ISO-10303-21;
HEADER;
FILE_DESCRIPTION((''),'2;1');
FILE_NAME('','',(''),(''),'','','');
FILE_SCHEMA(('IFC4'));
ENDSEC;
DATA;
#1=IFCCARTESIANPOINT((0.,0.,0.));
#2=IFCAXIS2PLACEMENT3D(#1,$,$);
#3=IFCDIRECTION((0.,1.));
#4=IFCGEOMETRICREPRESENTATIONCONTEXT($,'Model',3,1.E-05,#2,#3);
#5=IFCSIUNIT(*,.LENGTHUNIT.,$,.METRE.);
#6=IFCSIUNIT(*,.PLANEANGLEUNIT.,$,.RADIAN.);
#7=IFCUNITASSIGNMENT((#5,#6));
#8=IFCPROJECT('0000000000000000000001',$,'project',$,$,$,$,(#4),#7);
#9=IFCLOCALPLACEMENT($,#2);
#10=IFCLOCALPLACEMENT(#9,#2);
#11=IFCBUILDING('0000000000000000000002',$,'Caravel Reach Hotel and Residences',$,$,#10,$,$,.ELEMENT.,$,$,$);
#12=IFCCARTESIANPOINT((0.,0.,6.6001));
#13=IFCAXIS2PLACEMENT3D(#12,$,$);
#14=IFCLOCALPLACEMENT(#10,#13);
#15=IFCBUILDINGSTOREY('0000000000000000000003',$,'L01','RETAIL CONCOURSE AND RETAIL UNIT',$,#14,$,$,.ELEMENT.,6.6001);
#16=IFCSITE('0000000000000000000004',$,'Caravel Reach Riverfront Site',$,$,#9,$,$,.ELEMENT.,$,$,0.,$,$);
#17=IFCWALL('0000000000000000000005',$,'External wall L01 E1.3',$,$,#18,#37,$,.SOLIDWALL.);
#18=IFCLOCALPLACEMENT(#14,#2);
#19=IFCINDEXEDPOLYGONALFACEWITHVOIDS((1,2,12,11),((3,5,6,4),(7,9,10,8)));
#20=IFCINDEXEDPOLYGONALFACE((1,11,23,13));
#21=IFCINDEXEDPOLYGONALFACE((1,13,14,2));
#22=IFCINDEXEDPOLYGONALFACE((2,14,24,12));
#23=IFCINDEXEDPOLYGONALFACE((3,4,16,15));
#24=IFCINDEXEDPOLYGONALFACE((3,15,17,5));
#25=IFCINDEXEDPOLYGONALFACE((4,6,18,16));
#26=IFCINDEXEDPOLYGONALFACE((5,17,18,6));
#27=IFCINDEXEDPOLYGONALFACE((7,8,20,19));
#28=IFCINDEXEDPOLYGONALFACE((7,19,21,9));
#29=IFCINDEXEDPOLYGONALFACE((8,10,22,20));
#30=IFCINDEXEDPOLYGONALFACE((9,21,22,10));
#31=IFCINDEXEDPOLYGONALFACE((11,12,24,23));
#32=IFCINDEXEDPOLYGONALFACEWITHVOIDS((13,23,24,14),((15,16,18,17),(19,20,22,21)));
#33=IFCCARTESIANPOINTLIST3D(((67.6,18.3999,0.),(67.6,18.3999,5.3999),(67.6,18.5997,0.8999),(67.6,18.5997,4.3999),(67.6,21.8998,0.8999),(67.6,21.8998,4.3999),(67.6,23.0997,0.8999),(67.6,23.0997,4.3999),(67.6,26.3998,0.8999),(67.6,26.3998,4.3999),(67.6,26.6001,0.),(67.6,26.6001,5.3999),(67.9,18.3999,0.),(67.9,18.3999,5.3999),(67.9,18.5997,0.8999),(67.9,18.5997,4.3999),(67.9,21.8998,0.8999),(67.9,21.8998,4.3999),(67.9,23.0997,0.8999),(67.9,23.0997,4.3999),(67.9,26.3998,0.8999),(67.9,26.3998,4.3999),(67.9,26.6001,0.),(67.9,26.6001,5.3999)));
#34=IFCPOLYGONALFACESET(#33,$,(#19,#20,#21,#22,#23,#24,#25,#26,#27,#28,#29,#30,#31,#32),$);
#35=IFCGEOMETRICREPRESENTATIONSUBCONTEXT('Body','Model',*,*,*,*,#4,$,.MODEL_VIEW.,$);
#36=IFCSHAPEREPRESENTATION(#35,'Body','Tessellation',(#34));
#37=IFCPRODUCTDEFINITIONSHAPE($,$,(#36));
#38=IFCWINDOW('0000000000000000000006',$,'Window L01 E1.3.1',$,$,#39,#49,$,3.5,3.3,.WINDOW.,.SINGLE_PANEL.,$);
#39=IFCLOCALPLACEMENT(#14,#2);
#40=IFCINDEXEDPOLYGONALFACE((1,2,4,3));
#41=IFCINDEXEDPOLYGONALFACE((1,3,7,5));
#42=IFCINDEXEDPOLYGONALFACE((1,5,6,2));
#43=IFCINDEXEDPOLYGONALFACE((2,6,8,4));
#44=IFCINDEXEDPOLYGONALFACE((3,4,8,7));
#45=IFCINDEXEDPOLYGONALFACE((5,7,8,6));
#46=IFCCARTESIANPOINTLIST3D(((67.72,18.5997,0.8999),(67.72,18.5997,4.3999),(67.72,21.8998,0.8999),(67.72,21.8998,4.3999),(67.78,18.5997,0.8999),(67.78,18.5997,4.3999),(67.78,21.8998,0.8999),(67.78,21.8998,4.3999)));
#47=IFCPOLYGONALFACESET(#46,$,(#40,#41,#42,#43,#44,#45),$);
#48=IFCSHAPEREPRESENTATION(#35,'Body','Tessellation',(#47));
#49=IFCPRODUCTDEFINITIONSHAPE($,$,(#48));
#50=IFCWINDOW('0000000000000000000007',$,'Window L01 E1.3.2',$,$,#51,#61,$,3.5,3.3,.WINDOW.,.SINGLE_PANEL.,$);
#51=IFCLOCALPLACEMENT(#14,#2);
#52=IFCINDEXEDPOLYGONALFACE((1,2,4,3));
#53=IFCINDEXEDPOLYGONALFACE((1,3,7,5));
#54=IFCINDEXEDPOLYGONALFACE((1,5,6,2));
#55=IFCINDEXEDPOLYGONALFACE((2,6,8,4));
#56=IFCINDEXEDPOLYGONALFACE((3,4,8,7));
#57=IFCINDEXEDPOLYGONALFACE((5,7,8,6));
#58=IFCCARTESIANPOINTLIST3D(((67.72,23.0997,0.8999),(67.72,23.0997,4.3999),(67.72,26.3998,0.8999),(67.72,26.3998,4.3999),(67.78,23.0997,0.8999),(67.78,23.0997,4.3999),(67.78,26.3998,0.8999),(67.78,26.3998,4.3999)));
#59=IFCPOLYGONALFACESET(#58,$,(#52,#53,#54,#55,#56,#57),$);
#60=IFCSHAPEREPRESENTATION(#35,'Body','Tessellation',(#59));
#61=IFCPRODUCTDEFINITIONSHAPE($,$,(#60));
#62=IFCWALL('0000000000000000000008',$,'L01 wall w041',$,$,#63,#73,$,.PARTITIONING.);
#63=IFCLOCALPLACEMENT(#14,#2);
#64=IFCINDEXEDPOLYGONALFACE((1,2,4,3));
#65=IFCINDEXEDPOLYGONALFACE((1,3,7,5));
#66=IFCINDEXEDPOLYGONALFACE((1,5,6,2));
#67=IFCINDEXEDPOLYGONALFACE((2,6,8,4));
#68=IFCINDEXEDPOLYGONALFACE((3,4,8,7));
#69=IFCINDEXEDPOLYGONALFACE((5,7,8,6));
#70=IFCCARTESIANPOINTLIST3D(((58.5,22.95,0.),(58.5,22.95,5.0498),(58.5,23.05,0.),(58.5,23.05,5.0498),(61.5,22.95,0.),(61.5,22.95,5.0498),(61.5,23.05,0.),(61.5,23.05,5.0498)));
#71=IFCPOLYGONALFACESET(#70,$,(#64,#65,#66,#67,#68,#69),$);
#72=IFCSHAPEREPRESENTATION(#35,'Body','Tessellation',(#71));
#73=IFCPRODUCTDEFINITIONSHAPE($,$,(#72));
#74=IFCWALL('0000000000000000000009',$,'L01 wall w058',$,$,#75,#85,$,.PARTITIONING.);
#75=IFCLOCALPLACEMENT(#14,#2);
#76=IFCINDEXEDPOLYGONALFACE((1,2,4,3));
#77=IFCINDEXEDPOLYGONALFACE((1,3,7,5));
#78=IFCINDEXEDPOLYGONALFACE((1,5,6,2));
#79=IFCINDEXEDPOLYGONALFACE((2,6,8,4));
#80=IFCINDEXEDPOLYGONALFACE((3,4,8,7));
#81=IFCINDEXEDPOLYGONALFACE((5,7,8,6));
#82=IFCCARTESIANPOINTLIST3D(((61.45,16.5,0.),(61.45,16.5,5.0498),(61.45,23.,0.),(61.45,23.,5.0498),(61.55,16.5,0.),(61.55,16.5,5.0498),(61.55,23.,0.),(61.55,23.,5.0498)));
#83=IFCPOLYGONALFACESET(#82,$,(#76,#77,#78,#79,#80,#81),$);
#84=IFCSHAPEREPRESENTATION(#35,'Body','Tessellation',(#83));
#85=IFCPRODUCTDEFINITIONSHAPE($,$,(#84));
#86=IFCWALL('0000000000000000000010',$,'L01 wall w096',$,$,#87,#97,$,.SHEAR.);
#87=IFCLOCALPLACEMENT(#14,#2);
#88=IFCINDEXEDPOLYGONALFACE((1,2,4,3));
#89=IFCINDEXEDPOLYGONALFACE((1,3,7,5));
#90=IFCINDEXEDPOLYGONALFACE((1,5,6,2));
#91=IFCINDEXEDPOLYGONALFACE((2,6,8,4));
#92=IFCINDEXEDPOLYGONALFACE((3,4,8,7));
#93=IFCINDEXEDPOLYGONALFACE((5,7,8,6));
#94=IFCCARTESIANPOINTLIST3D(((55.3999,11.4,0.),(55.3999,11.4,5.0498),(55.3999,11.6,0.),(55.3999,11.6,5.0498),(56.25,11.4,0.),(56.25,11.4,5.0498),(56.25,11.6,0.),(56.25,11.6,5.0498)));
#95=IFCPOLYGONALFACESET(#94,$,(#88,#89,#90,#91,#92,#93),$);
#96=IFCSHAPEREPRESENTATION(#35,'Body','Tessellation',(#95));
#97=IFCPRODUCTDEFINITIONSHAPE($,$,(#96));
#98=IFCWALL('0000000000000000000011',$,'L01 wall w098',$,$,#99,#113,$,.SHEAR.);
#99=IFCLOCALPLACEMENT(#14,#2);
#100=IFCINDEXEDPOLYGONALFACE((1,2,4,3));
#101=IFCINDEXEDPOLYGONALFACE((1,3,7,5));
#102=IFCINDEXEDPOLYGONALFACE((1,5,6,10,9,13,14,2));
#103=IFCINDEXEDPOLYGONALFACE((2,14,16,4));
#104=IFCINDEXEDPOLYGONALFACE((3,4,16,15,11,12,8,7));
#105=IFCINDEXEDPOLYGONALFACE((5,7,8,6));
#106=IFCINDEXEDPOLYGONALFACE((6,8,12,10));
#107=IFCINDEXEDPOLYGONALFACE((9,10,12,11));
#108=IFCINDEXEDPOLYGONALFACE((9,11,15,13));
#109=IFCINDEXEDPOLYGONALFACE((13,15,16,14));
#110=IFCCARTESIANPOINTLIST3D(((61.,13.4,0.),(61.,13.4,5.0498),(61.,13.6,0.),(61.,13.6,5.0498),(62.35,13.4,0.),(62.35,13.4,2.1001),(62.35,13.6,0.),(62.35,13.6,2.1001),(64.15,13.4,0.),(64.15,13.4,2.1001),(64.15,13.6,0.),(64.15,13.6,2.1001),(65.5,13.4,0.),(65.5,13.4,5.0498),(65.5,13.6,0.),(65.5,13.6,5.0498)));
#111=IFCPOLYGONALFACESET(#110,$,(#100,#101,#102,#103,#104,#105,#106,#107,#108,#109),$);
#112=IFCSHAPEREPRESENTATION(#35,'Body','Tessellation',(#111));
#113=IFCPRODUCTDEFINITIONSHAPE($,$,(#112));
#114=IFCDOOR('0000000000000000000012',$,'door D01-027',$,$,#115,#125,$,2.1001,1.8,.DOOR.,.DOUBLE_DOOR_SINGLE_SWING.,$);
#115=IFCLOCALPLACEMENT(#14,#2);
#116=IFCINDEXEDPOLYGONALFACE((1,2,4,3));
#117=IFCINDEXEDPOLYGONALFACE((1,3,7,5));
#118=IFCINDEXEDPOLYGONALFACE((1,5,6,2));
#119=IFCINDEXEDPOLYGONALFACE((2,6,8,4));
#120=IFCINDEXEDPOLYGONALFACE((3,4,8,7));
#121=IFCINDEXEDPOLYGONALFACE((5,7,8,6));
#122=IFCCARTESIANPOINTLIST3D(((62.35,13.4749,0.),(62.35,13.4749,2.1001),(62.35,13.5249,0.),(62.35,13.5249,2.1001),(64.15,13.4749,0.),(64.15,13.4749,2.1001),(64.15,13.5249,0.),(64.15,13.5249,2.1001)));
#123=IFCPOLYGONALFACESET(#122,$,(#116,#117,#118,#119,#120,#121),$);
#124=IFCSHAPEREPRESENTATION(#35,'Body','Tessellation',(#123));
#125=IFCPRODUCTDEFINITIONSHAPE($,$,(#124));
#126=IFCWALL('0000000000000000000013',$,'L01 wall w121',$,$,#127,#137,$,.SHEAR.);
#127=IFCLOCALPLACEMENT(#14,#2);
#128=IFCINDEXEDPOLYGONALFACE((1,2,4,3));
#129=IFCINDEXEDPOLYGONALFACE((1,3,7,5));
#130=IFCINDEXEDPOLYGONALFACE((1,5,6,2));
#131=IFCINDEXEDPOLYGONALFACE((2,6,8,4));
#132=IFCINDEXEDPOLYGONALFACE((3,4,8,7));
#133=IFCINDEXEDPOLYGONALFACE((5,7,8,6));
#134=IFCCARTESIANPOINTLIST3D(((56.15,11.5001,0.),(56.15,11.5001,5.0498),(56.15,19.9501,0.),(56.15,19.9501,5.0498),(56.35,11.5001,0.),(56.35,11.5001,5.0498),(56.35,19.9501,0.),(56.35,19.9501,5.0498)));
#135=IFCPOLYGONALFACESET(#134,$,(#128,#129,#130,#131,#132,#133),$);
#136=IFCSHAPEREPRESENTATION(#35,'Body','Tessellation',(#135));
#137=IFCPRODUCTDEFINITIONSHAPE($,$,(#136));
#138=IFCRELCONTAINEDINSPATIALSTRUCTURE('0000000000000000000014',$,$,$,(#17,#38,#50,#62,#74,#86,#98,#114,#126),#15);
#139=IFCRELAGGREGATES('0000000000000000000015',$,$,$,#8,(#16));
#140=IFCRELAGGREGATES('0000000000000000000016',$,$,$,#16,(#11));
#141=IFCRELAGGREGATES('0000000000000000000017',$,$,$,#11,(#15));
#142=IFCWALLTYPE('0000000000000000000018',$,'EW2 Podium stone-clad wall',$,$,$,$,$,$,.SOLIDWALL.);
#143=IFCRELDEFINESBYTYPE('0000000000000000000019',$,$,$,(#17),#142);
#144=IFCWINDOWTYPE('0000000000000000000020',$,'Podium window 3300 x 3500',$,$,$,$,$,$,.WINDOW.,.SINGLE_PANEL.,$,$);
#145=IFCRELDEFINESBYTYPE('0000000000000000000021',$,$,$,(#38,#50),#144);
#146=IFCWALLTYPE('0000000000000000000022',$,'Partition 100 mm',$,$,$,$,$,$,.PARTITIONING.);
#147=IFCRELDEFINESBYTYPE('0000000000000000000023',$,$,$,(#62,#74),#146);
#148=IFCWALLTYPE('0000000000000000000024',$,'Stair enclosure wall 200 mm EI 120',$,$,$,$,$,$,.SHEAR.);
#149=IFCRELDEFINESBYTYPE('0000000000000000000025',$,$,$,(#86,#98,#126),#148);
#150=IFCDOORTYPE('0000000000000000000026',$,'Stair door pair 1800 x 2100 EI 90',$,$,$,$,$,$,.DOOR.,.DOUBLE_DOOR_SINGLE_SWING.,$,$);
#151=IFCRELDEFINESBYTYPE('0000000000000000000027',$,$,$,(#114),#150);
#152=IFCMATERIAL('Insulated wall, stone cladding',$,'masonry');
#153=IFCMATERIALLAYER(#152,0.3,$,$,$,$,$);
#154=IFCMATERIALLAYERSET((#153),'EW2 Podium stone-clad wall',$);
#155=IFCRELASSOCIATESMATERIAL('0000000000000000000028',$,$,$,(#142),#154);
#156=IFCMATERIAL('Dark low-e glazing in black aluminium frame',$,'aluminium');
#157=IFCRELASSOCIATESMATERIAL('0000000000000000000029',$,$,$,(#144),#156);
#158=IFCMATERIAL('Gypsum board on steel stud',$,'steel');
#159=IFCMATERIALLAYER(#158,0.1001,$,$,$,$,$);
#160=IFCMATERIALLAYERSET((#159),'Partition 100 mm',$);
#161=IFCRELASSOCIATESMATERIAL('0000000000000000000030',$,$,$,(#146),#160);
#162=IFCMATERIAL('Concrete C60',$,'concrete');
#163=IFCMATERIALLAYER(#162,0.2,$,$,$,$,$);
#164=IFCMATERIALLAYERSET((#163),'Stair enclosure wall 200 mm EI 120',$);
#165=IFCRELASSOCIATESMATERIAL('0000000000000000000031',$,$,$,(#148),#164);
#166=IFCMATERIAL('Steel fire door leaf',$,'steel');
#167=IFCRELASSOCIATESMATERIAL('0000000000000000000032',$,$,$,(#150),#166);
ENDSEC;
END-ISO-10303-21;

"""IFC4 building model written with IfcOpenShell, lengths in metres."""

from ifc_helpers import new_model, si_unit, direction, frame, frame_2d, origin, place, context, subcontext, project, spatial, rectangle, extrude, material, layer, layer_set, type_object, element, fill, save


model = new_model("IFC4")

# Units and contexts
model_context = context("Model", 3, precision=1e-05, world=origin(), true_north=direction((0.0, 1.0)))
body_context = subcontext(model_context, "Body", "Model", "MODEL_VIEW")
ifc_project = project(units=[si_unit("LENGTHUNIT", "METRE"), si_unit("PLANEANGLEUNIT", "RADIAN")], contexts=[model_context])

# Site, building, storey
site_placement = place(None, origin())
site = spatial("IfcSite", under=ifc_project, at=site_placement, Name="Caravel Reach Riverfront Site", CompositionType="ELEMENT", RefElevation=0.0)
building_placement = place(site_placement, origin())
building = spatial("IfcBuilding", under=site, at=building_placement, Name="Caravel Reach Hotel and Residences", CompositionType="ELEMENT")
storey_placement = place(building_placement, frame((0.0, 0.0, 6.6001)))
storey = spatial("IfcBuildingStorey", under=building, at=storey_placement, Name="L01", Description="RETAIL CONCOURSE AND RETAIL UNIT", CompositionType="ELEMENT", Elevation=6.6001)

# Wall, openings, windows
ifc_material_1 = material(Name="Insulated wall, stone cladding", Category="masonry")
ifc_layer_1 = layer(ifc_material_1, 0.3)
ifc_layer_set_1 = layer_set([ifc_layer_1], Name="EW2 Podium stone-clad wall")
wall_type_1 = type_object("IfcWallType", Name="EW2 Podium stone-clad wall", PredefinedType="SOLIDWALL", material=ifc_layer_set_1)
wall_1_placement = place(storey_placement, frame((67.75, 18.3999, 0.0), z_axis=(0.0, 0.0, 1.0), x_axis=(0.0, 1.0, 0.0)))
wall_1 = element("IfcWall", 1, at=wall_1_placement, inside=storey, type_object=wall_type_1, Name="External wall L01 E1.3", PredefinedType="SOLIDWALL", context=body_context, shape_type="SweptSolid", body=[
    extrude(rectangle(XDim=8.2002, YDim=0.3, at=frame_2d((4.1001, 0.0))), origin(), (0.0, 0.0, 1.0), 5.3999),
])
opening_1_placement = place(wall_1_placement, frame((0.2, 0.0, 0.8999)))
opening_1 = element("IfcOpeningElement", 2, at=opening_1_placement, cuts=wall_1, PredefinedType="OPENING", context=body_context, shape_type="SweptSolid", body=[
    extrude(rectangle(XDim=3.3, YDim=3.5, at=frame_2d((1.6499, 1.75))), frame((0.0, 0.1599, 0.0), z_axis=(0.0, -1.0, 0.0), x_axis=(1.0, 0.0, 0.0)), (0.0, 0.0, 1.0), 0.3201),
])
opening_2_placement = place(wall_1_placement, frame((4.7, 0.0, 0.8999)))
opening_2 = element("IfcOpeningElement", 3, at=opening_2_placement, cuts=wall_1, PredefinedType="OPENING", context=body_context, shape_type="SweptSolid", body=[
    extrude(rectangle(XDim=3.3, YDim=3.5, at=frame_2d((1.6499, 1.75))), frame((0.0, 0.1599, 0.0), z_axis=(0.0, -1.0, 0.0), x_axis=(1.0, 0.0, 0.0)), (0.0, 0.0, 1.0), 0.3201),
])
ifc_material_2 = material(Name="Dark low-e glazing in black aluminium frame", Category="aluminium")
window_type = type_object("IfcWindowType", Name="Podium window 3300 x 3500", PartitioningType="SINGLE_PANEL", PredefinedType="WINDOW", material=ifc_material_2)
window_1_placement = place(opening_1_placement, origin())
window_1 = element("IfcWindow", 4, at=window_1_placement, inside=storey, type_object=window_type, Name="Window L01 E1.3.1", OverallHeight=3.5, OverallWidth=3.3, PartitioningType="SINGLE_PANEL", PredefinedType="WINDOW", context=body_context, shape_type="SweptSolid", body=[
    extrude(rectangle(XDim=3.3, YDim=3.5, at=frame_2d((1.6499, 1.75))), frame((0.0, 0.03, 0.0), z_axis=(0.0, -1.0, 0.0), x_axis=(1.0, 0.0, 0.0)), (0.0, 0.0, 1.0), 0.0601),
])
fill(opening_1, window_1)
window_2_placement = place(opening_2_placement, origin())
window_2 = element("IfcWindow", 5, at=window_2_placement, inside=storey, type_object=window_type, Name="Window L01 E1.3.2", OverallHeight=3.5, OverallWidth=3.3, PartitioningType="SINGLE_PANEL", PredefinedType="WINDOW", context=body_context, shape_type="SweptSolid", body=[
    extrude(rectangle(XDim=3.3, YDim=3.5, at=frame_2d((1.6499, 1.75))), frame((0.0, 0.03, 0.0), z_axis=(0.0, -1.0, 0.0), x_axis=(1.0, 0.0, 0.0)), (0.0, 0.0, 1.0), 0.0601),
])
fill(opening_2, window_2)

# Walls
ifc_material_3 = material(Name="Gypsum board on steel stud", Category="steel")
ifc_layer_2 = layer(ifc_material_3, 0.1001)
ifc_layer_set_2 = layer_set([ifc_layer_2], Name="Partition 100 mm")
wall_type_2 = type_object("IfcWallType", Name="Partition 100 mm", PredefinedType="PARTITIONING", material=ifc_layer_set_2)
wall_2_placement = place(storey_placement, frame((58.5, 23.0, 0.0), z_axis=(0.0, 0.0, 1.0), x_axis=(1.0, 0.0, 0.0)))
element("IfcWall", 6, at=wall_2_placement, inside=storey, type_object=wall_type_2, Name="L01 wall w041", PredefinedType="PARTITIONING", context=body_context, shape_type="SweptSolid", body=[
    extrude(rectangle(XDim=3.0, YDim=0.1001, at=frame_2d((1.5, 0.0))), origin(), (0.0, 0.0, 1.0), 5.0498),
])
wall_3_placement = place(storey_placement, frame((61.5, 16.5, 0.0), z_axis=(0.0, 0.0, 1.0), x_axis=(0.0, 1.0, 0.0)))
element("IfcWall", 7, at=wall_3_placement, inside=storey, type_object=wall_type_2, Name="L01 wall w058", PredefinedType="PARTITIONING", context=body_context, shape_type="SweptSolid", body=[
    extrude(rectangle(XDim=6.5, YDim=0.1001, at=frame_2d((3.25, 0.0))), origin(), (0.0, 0.0, 1.0), 5.0498),
])
ifc_material_4 = material(Name="Concrete C60", Category="concrete")
ifc_layer_3 = layer(ifc_material_4, 0.2)
ifc_layer_set_3 = layer_set([ifc_layer_3], Name="Stair enclosure wall 200 mm EI 120")
wall_type_3 = type_object("IfcWallType", Name="Stair enclosure wall 200 mm EI 120", PredefinedType="SHEAR", material=ifc_layer_set_3)
wall_4_placement = place(storey_placement, frame((55.3999, 11.5, 0.0), z_axis=(0.0, 0.0, 1.0), x_axis=(1.0, 0.0, 0.0)))
element("IfcWall", 8, at=wall_4_placement, inside=storey, type_object=wall_type_3, Name="L01 wall w096", PredefinedType="SHEAR", context=body_context, shape_type="SweptSolid", body=[
    extrude(rectangle(XDim=0.8501, YDim=0.2, at=frame_2d((0.425, 0.0))), origin(), (0.0, 0.0, 1.0), 5.0498),
])

# Wall, opening, door
wall_5_placement = place(storey_placement, frame((61.0, 13.5, 0.0), z_axis=(0.0, 0.0, 1.0), x_axis=(1.0, 0.0, 0.0)))
wall_5 = element("IfcWall", 9, at=wall_5_placement, inside=storey, type_object=wall_type_3, Name="L01 wall w098", PredefinedType="SHEAR", context=body_context, shape_type="SweptSolid", body=[
    extrude(rectangle(XDim=4.5, YDim=0.2, at=frame_2d((2.25, 0.0))), origin(), (0.0, 0.0, 1.0), 5.0498),
])
opening_3_placement = place(wall_5_placement, frame((1.3501, 0.0, 0.0)))
opening_3 = element("IfcOpeningElement", 10, at=opening_3_placement, cuts=wall_5, PredefinedType="OPENING", context=body_context, shape_type="SweptSolid", body=[
    extrude(rectangle(XDim=1.8, YDim=2.1001, at=frame_2d((0.8999, 1.05))), frame((0.0, 0.1099, 0.0), z_axis=(0.0, -1.0, 0.0), x_axis=(1.0, 0.0, 0.0)), (0.0, 0.0, 1.0), 0.22),
])
ifc_material_5 = material(Name="Steel fire door leaf", Category="steel")
door_type_1 = type_object("IfcDoorType", Name="Stair door pair 1800 x 2100 EI 90", OperationType="DOUBLE_DOOR_SINGLE_SWING", PredefinedType="DOOR", material=ifc_material_5)
door_1_placement = place(opening_3_placement, origin())
door_1 = element("IfcDoor", 11, at=door_1_placement, inside=storey, type_object=door_type_1, Name="door D01-027", OperationType="DOUBLE_DOOR_SINGLE_SWING", OverallHeight=2.1001, OverallWidth=1.8, PredefinedType="DOOR", context=body_context, shape_type="SweptSolid", body=[
    extrude(rectangle(XDim=1.8, YDim=2.1001, at=frame_2d((0.8999, 1.05))), frame((0.0, 0.0249, 0.0), z_axis=(0.0, -1.0, 0.0), x_axis=(1.0, 0.0, 0.0)), (0.0, 0.0, 1.0), 0.05),
])
fill(opening_3, door_1)

# Wall
wall_6_placement = place(storey_placement, frame((56.25, 11.5, 0.0), z_axis=(0.0, 0.0, 1.0), x_axis=(0.0, 1.0, 0.0)))
element("IfcWall", 12, at=wall_6_placement, inside=storey, type_object=wall_type_3, Name="L01 wall w121", PredefinedType="SHEAR", context=body_context, shape_type="SweptSolid", body=[
    extrude(rectangle(XDim=8.45, YDim=0.2, at=frame_2d((4.2251, 0.0))), origin(), (0.0, 0.0, 1.0), 5.0498),
])

save(model, "model.ifc")
